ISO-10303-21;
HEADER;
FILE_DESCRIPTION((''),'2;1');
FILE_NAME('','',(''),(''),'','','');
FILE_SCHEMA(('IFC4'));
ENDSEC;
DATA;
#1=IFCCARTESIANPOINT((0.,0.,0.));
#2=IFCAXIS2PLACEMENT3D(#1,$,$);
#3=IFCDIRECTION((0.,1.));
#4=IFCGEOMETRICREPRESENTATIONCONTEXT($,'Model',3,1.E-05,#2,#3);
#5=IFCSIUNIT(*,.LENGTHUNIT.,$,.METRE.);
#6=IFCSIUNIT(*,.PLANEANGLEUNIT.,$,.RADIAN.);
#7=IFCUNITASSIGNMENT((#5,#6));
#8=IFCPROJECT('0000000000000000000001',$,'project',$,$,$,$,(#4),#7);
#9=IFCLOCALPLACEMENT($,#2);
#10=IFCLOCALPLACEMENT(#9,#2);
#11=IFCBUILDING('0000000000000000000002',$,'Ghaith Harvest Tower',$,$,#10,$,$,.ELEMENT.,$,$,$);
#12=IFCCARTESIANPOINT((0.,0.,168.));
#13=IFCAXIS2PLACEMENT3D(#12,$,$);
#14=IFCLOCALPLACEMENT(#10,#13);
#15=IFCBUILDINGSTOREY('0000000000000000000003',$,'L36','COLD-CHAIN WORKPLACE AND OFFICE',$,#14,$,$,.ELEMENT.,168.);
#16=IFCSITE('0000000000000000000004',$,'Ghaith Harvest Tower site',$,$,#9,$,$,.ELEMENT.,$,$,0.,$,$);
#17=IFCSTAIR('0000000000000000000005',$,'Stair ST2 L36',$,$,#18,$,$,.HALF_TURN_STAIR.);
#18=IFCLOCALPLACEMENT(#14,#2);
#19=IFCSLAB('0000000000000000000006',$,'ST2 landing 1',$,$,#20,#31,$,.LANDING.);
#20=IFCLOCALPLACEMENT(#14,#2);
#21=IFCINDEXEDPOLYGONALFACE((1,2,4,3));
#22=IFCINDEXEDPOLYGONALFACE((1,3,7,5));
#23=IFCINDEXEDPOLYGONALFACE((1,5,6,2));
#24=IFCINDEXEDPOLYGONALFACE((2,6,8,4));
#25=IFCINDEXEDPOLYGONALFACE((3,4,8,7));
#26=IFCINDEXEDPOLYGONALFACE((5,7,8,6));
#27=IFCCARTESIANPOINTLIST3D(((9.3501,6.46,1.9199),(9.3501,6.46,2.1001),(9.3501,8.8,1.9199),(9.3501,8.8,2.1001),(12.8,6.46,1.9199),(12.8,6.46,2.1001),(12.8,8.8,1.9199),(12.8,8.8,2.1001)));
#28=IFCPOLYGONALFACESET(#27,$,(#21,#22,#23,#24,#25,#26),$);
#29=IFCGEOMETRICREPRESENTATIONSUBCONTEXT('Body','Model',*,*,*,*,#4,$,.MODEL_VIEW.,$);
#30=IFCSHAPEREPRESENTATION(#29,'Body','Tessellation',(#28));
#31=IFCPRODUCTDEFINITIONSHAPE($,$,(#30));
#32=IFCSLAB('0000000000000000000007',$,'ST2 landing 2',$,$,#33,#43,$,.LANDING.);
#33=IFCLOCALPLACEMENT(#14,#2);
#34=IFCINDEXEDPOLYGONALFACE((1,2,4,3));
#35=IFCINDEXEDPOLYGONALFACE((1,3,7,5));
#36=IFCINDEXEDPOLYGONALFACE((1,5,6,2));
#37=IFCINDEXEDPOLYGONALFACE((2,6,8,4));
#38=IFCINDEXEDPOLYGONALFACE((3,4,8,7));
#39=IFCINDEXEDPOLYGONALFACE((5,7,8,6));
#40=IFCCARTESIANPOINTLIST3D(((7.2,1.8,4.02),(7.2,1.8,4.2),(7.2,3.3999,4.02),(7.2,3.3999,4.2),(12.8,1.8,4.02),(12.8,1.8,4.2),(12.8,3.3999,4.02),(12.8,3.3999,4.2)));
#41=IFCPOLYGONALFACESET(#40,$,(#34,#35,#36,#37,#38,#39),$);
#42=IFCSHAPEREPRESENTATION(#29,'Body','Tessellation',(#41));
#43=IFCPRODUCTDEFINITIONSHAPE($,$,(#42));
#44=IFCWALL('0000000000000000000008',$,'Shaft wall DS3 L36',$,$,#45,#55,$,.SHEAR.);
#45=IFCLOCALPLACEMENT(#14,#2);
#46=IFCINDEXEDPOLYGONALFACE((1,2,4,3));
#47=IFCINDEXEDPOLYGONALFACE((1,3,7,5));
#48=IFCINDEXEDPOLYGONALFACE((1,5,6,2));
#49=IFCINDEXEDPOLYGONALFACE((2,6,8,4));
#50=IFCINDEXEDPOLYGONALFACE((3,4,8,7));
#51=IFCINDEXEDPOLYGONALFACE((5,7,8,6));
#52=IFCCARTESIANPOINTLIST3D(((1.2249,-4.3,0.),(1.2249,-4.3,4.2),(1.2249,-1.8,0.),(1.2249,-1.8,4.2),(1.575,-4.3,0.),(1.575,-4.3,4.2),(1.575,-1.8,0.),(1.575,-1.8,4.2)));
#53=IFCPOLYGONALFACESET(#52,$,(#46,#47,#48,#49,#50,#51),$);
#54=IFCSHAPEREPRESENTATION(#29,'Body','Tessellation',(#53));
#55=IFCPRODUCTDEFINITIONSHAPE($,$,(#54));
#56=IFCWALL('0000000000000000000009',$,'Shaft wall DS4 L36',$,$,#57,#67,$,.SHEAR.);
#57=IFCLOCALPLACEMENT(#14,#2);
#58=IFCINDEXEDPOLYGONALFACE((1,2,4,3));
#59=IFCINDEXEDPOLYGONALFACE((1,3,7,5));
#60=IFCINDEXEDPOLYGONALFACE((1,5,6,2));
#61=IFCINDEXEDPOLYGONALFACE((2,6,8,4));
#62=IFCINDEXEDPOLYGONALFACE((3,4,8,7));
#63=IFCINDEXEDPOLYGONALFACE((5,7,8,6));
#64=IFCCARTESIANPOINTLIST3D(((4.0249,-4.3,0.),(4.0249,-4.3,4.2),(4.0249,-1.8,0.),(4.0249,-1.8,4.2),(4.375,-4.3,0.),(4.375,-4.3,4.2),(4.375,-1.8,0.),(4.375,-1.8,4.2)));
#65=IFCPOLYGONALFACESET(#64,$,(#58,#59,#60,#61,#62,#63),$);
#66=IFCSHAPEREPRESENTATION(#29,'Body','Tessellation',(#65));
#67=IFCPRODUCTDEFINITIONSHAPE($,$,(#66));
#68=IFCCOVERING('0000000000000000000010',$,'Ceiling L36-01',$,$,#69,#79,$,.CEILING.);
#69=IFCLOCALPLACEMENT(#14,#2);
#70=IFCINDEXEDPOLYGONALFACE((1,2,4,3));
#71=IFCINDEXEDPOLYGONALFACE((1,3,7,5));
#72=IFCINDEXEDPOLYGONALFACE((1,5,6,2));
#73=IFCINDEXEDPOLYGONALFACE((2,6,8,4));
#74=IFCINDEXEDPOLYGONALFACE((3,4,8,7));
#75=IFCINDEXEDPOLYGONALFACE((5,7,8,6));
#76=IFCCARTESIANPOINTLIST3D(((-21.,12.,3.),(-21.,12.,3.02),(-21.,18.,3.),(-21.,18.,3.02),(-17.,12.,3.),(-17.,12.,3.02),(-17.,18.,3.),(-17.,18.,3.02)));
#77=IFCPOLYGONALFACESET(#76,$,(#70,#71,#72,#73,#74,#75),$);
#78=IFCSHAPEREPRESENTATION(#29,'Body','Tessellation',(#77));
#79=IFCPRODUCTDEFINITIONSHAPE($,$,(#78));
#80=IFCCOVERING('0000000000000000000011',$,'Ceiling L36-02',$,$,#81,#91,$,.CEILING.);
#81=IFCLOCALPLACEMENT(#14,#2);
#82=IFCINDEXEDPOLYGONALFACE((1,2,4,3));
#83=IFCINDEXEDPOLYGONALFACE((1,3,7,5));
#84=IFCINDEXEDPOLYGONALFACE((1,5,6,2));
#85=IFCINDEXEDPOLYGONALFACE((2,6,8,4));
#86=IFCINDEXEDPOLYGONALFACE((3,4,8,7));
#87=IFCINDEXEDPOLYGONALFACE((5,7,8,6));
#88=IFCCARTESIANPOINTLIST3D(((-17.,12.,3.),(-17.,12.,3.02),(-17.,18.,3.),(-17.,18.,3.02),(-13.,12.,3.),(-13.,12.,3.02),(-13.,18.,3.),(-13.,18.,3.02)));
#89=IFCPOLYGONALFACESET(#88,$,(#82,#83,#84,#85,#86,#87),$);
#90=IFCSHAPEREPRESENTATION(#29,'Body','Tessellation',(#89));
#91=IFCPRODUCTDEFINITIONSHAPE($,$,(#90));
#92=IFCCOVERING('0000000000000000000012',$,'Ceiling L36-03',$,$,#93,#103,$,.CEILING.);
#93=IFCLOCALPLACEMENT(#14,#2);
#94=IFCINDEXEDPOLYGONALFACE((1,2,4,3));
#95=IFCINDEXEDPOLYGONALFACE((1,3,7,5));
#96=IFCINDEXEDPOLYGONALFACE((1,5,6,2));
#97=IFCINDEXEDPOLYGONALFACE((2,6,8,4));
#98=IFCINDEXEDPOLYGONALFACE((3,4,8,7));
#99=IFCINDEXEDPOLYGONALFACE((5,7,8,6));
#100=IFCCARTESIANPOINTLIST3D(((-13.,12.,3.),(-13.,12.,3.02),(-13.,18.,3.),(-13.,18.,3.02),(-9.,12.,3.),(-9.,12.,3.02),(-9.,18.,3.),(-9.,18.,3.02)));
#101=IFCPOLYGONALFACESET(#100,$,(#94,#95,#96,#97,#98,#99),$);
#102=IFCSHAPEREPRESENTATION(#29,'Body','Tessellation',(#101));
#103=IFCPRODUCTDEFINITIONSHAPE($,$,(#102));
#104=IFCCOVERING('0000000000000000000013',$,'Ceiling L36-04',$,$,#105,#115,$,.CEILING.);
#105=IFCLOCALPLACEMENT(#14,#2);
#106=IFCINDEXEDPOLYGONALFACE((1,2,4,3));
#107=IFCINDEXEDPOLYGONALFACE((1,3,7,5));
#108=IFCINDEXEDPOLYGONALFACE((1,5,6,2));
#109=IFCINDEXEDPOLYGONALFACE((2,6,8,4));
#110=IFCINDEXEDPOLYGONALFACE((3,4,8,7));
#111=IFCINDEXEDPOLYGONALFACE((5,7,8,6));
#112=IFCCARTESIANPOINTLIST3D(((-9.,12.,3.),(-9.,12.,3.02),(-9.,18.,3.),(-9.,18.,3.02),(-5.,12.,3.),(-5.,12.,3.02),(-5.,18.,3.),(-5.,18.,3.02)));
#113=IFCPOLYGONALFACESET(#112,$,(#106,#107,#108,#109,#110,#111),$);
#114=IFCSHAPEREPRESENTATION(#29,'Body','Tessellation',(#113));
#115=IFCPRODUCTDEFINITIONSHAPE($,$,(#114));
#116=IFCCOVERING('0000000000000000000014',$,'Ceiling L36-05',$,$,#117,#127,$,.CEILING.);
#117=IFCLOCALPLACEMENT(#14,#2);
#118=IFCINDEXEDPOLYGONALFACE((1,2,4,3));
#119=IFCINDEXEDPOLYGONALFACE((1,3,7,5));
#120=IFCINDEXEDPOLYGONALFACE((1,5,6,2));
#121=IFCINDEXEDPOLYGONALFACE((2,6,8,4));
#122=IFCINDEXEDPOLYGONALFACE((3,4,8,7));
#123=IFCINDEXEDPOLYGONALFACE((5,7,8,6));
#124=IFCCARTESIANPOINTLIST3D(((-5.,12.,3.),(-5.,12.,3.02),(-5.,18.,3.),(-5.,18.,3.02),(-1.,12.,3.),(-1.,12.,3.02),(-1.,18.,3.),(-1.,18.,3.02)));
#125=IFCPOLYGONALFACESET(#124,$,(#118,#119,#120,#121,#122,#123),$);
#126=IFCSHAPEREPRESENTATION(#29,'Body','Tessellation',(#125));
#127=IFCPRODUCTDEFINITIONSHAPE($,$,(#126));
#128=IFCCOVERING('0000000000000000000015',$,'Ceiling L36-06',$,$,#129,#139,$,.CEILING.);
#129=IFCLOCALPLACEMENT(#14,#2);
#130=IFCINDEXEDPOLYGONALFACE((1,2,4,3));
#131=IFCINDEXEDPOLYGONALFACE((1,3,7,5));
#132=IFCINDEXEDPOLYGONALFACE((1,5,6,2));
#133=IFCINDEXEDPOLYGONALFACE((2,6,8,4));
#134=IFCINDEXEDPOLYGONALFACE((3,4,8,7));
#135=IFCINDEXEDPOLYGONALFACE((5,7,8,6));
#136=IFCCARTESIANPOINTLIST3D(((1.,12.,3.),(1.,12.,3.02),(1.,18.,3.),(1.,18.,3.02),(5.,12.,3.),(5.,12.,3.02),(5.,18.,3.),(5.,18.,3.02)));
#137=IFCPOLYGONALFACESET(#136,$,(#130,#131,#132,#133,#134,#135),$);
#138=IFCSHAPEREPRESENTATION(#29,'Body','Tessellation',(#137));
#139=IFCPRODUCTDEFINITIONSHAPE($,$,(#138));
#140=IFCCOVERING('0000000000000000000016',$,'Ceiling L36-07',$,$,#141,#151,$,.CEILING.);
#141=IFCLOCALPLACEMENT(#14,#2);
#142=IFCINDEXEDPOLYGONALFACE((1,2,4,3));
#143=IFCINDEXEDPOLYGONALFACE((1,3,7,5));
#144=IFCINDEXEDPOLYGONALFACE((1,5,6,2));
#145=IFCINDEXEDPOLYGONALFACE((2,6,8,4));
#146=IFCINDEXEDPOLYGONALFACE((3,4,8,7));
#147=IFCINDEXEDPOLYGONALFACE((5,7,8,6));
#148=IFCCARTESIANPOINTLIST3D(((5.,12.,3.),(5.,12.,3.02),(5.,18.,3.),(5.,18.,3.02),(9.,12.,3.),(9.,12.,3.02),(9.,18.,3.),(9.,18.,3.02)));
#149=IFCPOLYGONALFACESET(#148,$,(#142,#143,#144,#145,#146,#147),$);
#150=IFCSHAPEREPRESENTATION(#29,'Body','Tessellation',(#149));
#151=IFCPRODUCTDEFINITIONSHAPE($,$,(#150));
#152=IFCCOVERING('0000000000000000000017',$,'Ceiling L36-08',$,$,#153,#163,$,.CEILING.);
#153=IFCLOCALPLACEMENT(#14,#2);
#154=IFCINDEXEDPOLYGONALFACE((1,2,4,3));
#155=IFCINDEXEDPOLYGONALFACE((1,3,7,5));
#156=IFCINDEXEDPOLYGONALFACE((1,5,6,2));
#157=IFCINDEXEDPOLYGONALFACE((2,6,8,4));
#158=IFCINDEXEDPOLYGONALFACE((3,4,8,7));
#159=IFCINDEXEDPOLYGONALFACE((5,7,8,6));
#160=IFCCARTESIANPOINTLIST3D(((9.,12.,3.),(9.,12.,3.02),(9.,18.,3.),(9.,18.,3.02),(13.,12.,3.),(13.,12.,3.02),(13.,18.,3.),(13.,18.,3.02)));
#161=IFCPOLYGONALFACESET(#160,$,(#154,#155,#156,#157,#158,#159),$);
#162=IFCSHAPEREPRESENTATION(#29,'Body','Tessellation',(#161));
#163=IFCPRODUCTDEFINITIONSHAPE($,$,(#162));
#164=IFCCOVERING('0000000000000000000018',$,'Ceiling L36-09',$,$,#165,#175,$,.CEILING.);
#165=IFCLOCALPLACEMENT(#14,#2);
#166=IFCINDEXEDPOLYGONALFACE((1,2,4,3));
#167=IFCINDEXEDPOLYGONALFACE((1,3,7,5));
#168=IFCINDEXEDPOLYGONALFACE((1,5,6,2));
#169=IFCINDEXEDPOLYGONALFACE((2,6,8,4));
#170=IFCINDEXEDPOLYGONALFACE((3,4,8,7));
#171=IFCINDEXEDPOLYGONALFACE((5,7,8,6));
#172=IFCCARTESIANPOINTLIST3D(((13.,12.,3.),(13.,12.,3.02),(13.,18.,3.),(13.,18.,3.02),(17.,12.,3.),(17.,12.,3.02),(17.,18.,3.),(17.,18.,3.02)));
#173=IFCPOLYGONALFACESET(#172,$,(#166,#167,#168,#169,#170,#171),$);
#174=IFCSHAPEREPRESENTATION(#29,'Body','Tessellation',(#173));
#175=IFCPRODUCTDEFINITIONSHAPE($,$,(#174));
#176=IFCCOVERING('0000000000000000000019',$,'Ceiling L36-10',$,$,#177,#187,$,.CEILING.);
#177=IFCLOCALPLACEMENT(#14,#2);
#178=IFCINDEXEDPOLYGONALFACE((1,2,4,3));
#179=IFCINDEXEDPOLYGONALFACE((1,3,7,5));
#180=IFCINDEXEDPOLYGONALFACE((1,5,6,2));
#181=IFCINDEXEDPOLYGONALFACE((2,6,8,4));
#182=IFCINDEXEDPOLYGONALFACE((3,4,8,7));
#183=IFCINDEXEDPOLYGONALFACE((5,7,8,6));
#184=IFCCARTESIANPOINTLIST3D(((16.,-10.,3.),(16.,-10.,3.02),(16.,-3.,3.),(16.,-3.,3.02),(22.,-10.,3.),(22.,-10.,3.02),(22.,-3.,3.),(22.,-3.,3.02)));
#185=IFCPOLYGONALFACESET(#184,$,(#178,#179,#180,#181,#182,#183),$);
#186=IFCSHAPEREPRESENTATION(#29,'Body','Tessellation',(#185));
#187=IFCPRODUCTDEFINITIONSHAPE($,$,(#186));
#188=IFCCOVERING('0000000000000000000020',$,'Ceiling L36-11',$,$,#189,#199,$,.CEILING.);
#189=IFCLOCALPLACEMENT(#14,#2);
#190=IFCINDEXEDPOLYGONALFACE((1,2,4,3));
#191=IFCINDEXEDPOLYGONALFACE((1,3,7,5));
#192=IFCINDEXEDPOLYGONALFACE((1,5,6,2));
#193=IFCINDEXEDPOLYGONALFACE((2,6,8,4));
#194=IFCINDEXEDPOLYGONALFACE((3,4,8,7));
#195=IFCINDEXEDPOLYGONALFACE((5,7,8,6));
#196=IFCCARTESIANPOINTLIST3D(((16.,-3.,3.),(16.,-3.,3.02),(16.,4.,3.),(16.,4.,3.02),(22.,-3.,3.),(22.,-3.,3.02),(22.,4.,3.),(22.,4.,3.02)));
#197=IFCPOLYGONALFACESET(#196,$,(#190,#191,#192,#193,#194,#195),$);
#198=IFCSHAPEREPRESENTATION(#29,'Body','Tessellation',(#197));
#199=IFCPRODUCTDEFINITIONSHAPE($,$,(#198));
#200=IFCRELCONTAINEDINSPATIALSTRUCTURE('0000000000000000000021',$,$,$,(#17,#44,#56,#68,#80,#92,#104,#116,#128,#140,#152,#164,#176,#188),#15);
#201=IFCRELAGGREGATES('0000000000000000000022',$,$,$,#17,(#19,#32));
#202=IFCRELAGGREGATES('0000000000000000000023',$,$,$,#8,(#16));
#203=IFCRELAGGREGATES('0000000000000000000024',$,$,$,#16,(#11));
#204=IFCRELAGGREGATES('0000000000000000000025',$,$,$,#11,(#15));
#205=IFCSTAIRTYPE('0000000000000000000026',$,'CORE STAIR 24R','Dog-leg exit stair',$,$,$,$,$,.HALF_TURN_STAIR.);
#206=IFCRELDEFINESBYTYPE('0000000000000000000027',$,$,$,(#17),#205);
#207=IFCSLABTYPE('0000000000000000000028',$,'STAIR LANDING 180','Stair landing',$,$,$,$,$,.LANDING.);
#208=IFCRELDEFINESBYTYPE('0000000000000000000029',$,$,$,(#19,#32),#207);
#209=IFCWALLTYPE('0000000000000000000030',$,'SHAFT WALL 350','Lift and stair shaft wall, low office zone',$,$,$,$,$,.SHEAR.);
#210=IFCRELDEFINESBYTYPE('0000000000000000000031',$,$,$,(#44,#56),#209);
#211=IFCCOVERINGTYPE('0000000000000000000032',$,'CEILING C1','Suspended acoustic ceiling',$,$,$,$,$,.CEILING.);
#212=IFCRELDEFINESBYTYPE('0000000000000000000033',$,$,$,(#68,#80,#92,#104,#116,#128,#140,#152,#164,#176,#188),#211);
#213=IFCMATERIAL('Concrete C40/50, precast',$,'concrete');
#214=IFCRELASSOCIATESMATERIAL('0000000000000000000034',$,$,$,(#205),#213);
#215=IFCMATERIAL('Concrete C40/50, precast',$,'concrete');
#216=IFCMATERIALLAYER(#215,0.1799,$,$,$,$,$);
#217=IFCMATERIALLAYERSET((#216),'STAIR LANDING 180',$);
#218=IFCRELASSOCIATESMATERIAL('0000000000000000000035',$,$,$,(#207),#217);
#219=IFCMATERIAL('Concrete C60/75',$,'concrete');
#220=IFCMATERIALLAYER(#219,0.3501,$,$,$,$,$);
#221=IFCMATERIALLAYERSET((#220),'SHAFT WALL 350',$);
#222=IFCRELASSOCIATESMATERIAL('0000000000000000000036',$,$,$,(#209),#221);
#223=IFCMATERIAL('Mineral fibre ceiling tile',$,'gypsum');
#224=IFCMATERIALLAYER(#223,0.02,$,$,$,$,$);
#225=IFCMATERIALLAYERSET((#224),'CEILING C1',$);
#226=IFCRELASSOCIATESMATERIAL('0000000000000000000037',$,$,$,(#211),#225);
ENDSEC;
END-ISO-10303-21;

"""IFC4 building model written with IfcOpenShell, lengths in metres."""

from ifc_helpers import new_model, si_unit, direction, frame, frame_2d, origin, place, context, subcontext, project, spatial, polyline, rectangle, outline, extrude, material, layer, layer_set, type_object, element, aggregate, save


model = new_model("IFC4")

# Units and contexts
model_context = context("Model", 3, precision=1e-05, world=origin(), true_north=direction((0.0, 1.0)))
body_context = subcontext(model_context, "Body", "Model", "MODEL_VIEW")
ifc_project = project(units=[si_unit("LENGTHUNIT", "METRE"), si_unit("PLANEANGLEUNIT", "RADIAN")], contexts=[model_context])

# Site, building, storey
site_placement = place(None, origin())
site = spatial("IfcSite", under=ifc_project, at=site_placement, Name="Ghaith Harvest Tower site", CompositionType="ELEMENT", RefElevation=0.0)
building_placement = place(site_placement, origin())
building = spatial("IfcBuilding", under=site, at=building_placement, Name="Ghaith Harvest Tower", CompositionType="ELEMENT")
storey_placement = place(building_placement, frame((0.0, 0.0, 168.0)))
storey = spatial("IfcBuildingStorey", under=building, at=storey_placement, Name="L36", Description="COLD-CHAIN WORKPLACE AND OFFICE", CompositionType="ELEMENT", Elevation=168.0)

# Stair, slabs
ifc_material_1 = material(Name="Concrete C40/50, precast", Category="concrete")
stair_type = type_object("IfcStairType", Name="CORE STAIR 24R", Description="Dog-leg exit stair", PredefinedType="HALF_TURN_STAIR", material=ifc_material_1)
ifc_material_2 = material(Name="Concrete C40/50, precast", Category="concrete")
ifc_layer_1 = layer(ifc_material_2, 0.1799)
ifc_layer_set_1 = layer_set([ifc_layer_1], Name="STAIR LANDING 180")
slab_type_1 = type_object("IfcSlabType", Name="STAIR LANDING 180", Description="Stair landing", PredefinedType="LANDING", material=ifc_layer_set_1)
stair_1_placement = place(storey_placement, origin())
stair_1 = element("IfcStair", 1, at=stair_1_placement, inside=storey, type_object=stair_type, Name="Stair ST2 L36", PredefinedType="HALF_TURN_STAIR")
slab_1_placement = place(storey_placement, frame((0.0, 0.0, 1.9199)))
slab_1 = element("IfcSlab", 2, at=slab_1_placement, type_object=slab_type_1, Name="ST2 landing 1", PredefinedType="LANDING", context=body_context, shape_type="SweptSolid", body=[
    extrude(outline(polyline([(12.8, 6.46), (12.8, 8.8), (9.3501, 8.8), (9.3501, 6.46), (12.8, 6.46)])), origin(), (0.0, 0.0, 1.0), 0.1802),
])
slab_2_placement = place(storey_placement, frame((0.0, 0.0, 4.02)))
slab_2 = element("IfcSlab", 3, at=slab_2_placement, type_object=slab_type_1, Name="ST2 landing 2", PredefinedType="LANDING", context=body_context, shape_type="SweptSolid", body=[
    extrude(outline(polyline([(12.8, 1.8), (12.8, 3.3999), (7.2, 3.3999), (7.2, 1.8), (12.8, 1.8)])), origin(), (0.0, 0.0, 1.0), 0.1799),
])
aggregate(stair_1, [slab_1, slab_2])

# Shared definitions
ifc_material_3 = material(Name="Concrete C60/75", Category="concrete")
ifc_layer_2 = layer(ifc_material_3, 0.3501)
ifc_layer_set_2 = layer_set([ifc_layer_2], Name="SHAFT WALL 350")
wall_type = type_object("IfcWallType", Name="SHAFT WALL 350", Description="Lift and stair shaft wall, low office zone", PredefinedType="SHEAR", material=ifc_layer_set_2)

# Walls
for number, where, z_axis, x_axis, name in (
    (4, (1.3999, -4.3, 0.0), (0.0, 0.0, 1.0), (0.0, 1.0, 0.0), "Shaft wall DS3 L36"),
    (5, (4.2, -4.3, 0.0), (0.0, 0.0, 1.0), (0.0, 1.0, 0.0), "Shaft wall DS4 L36"),
):
    element("IfcWall", number, at=place(storey_placement, frame(where, z_axis=z_axis, x_axis=x_axis)), inside=storey, type_object=wall_type, Name=name, PredefinedType="SHEAR", context=body_context, shape_type="SweptSolid", body=[
        extrude(rectangle(XDim=2.5, YDim=0.3501, at=frame_2d((1.25, 0.0))), origin(), (0.0, 0.0, 1.0), 4.2),
    ])

# Coverings
ifc_material_4 = material(Name="Mineral fibre ceiling tile", Category="gypsum")
ifc_layer_3 = layer(ifc_material_4, 0.02)
ifc_layer_set_3 = layer_set([ifc_layer_3], Name="CEILING C1")
covering_type = type_object("IfcCoveringType", Name="CEILING C1", Description="Suspended acoustic ceiling", PredefinedType="CEILING", material=ifc_layer_set_3)
covering_1_placement = place(storey_placement, frame((0.0, 0.0, 3.0)))
element("IfcCovering", 6, at=covering_1_placement, inside=storey, type_object=covering_type, Name="Ceiling L36-01", PredefinedType="CEILING", context=body_context, shape_type="SweptSolid", body=[
    extrude(outline(polyline([(-21.0, 12.0), (-17.0, 12.0), (-17.0, 18.0), (-21.0, 18.0), (-21.0, 12.0)])), origin(), (0.0, 0.0, 1.0), 0.02),
])
covering_2_placement = place(storey_placement, frame((0.0, 0.0, 3.0)))
element("IfcCovering", 7, at=covering_2_placement, inside=storey, type_object=covering_type, Name="Ceiling L36-02", PredefinedType="CEILING", context=body_context, shape_type="SweptSolid", body=[
    extrude(outline(polyline([(-17.0, 12.0), (-13.0, 12.0), (-13.0, 18.0), (-17.0, 18.0), (-17.0, 12.0)])), origin(), (0.0, 0.0, 1.0), 0.02),
])
covering_3_placement = place(storey_placement, frame((0.0, 0.0, 3.0)))
element("IfcCovering", 8, at=covering_3_placement, inside=storey, type_object=covering_type, Name="Ceiling L36-03", PredefinedType="CEILING", context=body_context, shape_type="SweptSolid", body=[
    extrude(outline(polyline([(-13.0, 12.0), (-9.0, 12.0), (-9.0, 18.0), (-13.0, 18.0), (-13.0, 12.0)])), origin(), (0.0, 0.0, 1.0), 0.02),
])
covering_4_placement = place(storey_placement, frame((0.0, 0.0, 3.0)))
element("IfcCovering", 9, at=covering_4_placement, inside=storey, type_object=covering_type, Name="Ceiling L36-04", PredefinedType="CEILING", context=body_context, shape_type="SweptSolid", body=[
    extrude(outline(polyline([(-9.0, 12.0), (-5.0, 12.0), (-5.0, 18.0), (-9.0, 18.0), (-9.0, 12.0)])), origin(), (0.0, 0.0, 1.0), 0.02),
])
covering_5_placement = place(storey_placement, frame((0.0, 0.0, 3.0)))
element("IfcCovering", 10, at=covering_5_placement, inside=storey, type_object=covering_type, Name="Ceiling L36-05", PredefinedType="CEILING", context=body_context, shape_type="SweptSolid", body=[
    extrude(outline(polyline([(-5.0, 12.0), (-1.0, 12.0), (-1.0, 18.0), (-5.0, 18.0), (-5.0, 12.0)])), origin(), (0.0, 0.0, 1.0), 0.02),
])
covering_6_placement = place(storey_placement, frame((0.0, 0.0, 3.0)))
element("IfcCovering", 11, at=covering_6_placement, inside=storey, type_object=covering_type, Name="Ceiling L36-06", PredefinedType="CEILING", context=body_context, shape_type="SweptSolid", body=[
    extrude(outline(polyline([(1.0, 12.0), (5.0, 12.0), (5.0, 18.0), (1.0, 18.0), (1.0, 12.0)])), origin(), (0.0, 0.0, 1.0), 0.02),
])
covering_7_placement = place(storey_placement, frame((0.0, 0.0, 3.0)))
element("IfcCovering", 12, at=covering_7_placement, inside=storey, type_object=covering_type, Name="Ceiling L36-07", PredefinedType="CEILING", context=body_context, shape_type="SweptSolid", body=[
    extrude(outline(polyline([(5.0, 12.0), (9.0, 12.0), (9.0, 18.0), (5.0, 18.0), (5.0, 12.0)])), origin(), (0.0, 0.0, 1.0), 0.02),
])
covering_8_placement = place(storey_placement, frame((0.0, 0.0, 3.0)))
element("IfcCovering", 13, at=covering_8_placement, inside=storey, type_object=covering_type, Name="Ceiling L36-08", PredefinedType="CEILING", context=body_context, shape_type="SweptSolid", body=[
    extrude(outline(polyline([(9.0, 12.0), (13.0, 12.0), (13.0, 18.0), (9.0, 18.0), (9.0, 12.0)])), origin(), (0.0, 0.0, 1.0), 0.02),
])
covering_9_placement = place(storey_placement, frame((0.0, 0.0, 3.0)))
element("IfcCovering", 14, at=covering_9_placement, inside=storey, type_object=covering_type, Name="Ceiling L36-09", PredefinedType="CEILING", context=body_context, shape_type="SweptSolid", body=[
    extrude(outline(polyline([(13.0, 12.0), (17.0, 12.0), (17.0, 18.0), (13.0, 18.0), (13.0, 12.0)])), origin(), (0.0, 0.0, 1.0), 0.02),
])
covering_10_placement = place(storey_placement, frame((0.0, 0.0, 3.0)))
element("IfcCovering", 15, at=covering_10_placement, inside=storey, type_object=covering_type, Name="Ceiling L36-10", PredefinedType="CEILING", context=body_context, shape_type="SweptSolid", body=[
    extrude(outline(polyline([(16.0, -10.0), (22.0, -10.0), (22.0, -3.0), (16.0, -3.0), (16.0, -10.0)])), origin(), (0.0, 0.0, 1.0), 0.02),
])
covering_11_placement = place(storey_placement, frame((0.0, 0.0, 3.0)))
element("IfcCovering", 16, at=covering_11_placement, inside=storey, type_object=covering_type, Name="Ceiling L36-11", PredefinedType="CEILING", context=body_context, shape_type="SweptSolid", body=[
    extrude(outline(polyline([(16.0, -3.0), (22.0, -3.0), (22.0, 4.0), (16.0, 4.0), (16.0, -3.0)])), origin(), (0.0, 0.0, 1.0), 0.02),
])

save(model, "model.ifc")
